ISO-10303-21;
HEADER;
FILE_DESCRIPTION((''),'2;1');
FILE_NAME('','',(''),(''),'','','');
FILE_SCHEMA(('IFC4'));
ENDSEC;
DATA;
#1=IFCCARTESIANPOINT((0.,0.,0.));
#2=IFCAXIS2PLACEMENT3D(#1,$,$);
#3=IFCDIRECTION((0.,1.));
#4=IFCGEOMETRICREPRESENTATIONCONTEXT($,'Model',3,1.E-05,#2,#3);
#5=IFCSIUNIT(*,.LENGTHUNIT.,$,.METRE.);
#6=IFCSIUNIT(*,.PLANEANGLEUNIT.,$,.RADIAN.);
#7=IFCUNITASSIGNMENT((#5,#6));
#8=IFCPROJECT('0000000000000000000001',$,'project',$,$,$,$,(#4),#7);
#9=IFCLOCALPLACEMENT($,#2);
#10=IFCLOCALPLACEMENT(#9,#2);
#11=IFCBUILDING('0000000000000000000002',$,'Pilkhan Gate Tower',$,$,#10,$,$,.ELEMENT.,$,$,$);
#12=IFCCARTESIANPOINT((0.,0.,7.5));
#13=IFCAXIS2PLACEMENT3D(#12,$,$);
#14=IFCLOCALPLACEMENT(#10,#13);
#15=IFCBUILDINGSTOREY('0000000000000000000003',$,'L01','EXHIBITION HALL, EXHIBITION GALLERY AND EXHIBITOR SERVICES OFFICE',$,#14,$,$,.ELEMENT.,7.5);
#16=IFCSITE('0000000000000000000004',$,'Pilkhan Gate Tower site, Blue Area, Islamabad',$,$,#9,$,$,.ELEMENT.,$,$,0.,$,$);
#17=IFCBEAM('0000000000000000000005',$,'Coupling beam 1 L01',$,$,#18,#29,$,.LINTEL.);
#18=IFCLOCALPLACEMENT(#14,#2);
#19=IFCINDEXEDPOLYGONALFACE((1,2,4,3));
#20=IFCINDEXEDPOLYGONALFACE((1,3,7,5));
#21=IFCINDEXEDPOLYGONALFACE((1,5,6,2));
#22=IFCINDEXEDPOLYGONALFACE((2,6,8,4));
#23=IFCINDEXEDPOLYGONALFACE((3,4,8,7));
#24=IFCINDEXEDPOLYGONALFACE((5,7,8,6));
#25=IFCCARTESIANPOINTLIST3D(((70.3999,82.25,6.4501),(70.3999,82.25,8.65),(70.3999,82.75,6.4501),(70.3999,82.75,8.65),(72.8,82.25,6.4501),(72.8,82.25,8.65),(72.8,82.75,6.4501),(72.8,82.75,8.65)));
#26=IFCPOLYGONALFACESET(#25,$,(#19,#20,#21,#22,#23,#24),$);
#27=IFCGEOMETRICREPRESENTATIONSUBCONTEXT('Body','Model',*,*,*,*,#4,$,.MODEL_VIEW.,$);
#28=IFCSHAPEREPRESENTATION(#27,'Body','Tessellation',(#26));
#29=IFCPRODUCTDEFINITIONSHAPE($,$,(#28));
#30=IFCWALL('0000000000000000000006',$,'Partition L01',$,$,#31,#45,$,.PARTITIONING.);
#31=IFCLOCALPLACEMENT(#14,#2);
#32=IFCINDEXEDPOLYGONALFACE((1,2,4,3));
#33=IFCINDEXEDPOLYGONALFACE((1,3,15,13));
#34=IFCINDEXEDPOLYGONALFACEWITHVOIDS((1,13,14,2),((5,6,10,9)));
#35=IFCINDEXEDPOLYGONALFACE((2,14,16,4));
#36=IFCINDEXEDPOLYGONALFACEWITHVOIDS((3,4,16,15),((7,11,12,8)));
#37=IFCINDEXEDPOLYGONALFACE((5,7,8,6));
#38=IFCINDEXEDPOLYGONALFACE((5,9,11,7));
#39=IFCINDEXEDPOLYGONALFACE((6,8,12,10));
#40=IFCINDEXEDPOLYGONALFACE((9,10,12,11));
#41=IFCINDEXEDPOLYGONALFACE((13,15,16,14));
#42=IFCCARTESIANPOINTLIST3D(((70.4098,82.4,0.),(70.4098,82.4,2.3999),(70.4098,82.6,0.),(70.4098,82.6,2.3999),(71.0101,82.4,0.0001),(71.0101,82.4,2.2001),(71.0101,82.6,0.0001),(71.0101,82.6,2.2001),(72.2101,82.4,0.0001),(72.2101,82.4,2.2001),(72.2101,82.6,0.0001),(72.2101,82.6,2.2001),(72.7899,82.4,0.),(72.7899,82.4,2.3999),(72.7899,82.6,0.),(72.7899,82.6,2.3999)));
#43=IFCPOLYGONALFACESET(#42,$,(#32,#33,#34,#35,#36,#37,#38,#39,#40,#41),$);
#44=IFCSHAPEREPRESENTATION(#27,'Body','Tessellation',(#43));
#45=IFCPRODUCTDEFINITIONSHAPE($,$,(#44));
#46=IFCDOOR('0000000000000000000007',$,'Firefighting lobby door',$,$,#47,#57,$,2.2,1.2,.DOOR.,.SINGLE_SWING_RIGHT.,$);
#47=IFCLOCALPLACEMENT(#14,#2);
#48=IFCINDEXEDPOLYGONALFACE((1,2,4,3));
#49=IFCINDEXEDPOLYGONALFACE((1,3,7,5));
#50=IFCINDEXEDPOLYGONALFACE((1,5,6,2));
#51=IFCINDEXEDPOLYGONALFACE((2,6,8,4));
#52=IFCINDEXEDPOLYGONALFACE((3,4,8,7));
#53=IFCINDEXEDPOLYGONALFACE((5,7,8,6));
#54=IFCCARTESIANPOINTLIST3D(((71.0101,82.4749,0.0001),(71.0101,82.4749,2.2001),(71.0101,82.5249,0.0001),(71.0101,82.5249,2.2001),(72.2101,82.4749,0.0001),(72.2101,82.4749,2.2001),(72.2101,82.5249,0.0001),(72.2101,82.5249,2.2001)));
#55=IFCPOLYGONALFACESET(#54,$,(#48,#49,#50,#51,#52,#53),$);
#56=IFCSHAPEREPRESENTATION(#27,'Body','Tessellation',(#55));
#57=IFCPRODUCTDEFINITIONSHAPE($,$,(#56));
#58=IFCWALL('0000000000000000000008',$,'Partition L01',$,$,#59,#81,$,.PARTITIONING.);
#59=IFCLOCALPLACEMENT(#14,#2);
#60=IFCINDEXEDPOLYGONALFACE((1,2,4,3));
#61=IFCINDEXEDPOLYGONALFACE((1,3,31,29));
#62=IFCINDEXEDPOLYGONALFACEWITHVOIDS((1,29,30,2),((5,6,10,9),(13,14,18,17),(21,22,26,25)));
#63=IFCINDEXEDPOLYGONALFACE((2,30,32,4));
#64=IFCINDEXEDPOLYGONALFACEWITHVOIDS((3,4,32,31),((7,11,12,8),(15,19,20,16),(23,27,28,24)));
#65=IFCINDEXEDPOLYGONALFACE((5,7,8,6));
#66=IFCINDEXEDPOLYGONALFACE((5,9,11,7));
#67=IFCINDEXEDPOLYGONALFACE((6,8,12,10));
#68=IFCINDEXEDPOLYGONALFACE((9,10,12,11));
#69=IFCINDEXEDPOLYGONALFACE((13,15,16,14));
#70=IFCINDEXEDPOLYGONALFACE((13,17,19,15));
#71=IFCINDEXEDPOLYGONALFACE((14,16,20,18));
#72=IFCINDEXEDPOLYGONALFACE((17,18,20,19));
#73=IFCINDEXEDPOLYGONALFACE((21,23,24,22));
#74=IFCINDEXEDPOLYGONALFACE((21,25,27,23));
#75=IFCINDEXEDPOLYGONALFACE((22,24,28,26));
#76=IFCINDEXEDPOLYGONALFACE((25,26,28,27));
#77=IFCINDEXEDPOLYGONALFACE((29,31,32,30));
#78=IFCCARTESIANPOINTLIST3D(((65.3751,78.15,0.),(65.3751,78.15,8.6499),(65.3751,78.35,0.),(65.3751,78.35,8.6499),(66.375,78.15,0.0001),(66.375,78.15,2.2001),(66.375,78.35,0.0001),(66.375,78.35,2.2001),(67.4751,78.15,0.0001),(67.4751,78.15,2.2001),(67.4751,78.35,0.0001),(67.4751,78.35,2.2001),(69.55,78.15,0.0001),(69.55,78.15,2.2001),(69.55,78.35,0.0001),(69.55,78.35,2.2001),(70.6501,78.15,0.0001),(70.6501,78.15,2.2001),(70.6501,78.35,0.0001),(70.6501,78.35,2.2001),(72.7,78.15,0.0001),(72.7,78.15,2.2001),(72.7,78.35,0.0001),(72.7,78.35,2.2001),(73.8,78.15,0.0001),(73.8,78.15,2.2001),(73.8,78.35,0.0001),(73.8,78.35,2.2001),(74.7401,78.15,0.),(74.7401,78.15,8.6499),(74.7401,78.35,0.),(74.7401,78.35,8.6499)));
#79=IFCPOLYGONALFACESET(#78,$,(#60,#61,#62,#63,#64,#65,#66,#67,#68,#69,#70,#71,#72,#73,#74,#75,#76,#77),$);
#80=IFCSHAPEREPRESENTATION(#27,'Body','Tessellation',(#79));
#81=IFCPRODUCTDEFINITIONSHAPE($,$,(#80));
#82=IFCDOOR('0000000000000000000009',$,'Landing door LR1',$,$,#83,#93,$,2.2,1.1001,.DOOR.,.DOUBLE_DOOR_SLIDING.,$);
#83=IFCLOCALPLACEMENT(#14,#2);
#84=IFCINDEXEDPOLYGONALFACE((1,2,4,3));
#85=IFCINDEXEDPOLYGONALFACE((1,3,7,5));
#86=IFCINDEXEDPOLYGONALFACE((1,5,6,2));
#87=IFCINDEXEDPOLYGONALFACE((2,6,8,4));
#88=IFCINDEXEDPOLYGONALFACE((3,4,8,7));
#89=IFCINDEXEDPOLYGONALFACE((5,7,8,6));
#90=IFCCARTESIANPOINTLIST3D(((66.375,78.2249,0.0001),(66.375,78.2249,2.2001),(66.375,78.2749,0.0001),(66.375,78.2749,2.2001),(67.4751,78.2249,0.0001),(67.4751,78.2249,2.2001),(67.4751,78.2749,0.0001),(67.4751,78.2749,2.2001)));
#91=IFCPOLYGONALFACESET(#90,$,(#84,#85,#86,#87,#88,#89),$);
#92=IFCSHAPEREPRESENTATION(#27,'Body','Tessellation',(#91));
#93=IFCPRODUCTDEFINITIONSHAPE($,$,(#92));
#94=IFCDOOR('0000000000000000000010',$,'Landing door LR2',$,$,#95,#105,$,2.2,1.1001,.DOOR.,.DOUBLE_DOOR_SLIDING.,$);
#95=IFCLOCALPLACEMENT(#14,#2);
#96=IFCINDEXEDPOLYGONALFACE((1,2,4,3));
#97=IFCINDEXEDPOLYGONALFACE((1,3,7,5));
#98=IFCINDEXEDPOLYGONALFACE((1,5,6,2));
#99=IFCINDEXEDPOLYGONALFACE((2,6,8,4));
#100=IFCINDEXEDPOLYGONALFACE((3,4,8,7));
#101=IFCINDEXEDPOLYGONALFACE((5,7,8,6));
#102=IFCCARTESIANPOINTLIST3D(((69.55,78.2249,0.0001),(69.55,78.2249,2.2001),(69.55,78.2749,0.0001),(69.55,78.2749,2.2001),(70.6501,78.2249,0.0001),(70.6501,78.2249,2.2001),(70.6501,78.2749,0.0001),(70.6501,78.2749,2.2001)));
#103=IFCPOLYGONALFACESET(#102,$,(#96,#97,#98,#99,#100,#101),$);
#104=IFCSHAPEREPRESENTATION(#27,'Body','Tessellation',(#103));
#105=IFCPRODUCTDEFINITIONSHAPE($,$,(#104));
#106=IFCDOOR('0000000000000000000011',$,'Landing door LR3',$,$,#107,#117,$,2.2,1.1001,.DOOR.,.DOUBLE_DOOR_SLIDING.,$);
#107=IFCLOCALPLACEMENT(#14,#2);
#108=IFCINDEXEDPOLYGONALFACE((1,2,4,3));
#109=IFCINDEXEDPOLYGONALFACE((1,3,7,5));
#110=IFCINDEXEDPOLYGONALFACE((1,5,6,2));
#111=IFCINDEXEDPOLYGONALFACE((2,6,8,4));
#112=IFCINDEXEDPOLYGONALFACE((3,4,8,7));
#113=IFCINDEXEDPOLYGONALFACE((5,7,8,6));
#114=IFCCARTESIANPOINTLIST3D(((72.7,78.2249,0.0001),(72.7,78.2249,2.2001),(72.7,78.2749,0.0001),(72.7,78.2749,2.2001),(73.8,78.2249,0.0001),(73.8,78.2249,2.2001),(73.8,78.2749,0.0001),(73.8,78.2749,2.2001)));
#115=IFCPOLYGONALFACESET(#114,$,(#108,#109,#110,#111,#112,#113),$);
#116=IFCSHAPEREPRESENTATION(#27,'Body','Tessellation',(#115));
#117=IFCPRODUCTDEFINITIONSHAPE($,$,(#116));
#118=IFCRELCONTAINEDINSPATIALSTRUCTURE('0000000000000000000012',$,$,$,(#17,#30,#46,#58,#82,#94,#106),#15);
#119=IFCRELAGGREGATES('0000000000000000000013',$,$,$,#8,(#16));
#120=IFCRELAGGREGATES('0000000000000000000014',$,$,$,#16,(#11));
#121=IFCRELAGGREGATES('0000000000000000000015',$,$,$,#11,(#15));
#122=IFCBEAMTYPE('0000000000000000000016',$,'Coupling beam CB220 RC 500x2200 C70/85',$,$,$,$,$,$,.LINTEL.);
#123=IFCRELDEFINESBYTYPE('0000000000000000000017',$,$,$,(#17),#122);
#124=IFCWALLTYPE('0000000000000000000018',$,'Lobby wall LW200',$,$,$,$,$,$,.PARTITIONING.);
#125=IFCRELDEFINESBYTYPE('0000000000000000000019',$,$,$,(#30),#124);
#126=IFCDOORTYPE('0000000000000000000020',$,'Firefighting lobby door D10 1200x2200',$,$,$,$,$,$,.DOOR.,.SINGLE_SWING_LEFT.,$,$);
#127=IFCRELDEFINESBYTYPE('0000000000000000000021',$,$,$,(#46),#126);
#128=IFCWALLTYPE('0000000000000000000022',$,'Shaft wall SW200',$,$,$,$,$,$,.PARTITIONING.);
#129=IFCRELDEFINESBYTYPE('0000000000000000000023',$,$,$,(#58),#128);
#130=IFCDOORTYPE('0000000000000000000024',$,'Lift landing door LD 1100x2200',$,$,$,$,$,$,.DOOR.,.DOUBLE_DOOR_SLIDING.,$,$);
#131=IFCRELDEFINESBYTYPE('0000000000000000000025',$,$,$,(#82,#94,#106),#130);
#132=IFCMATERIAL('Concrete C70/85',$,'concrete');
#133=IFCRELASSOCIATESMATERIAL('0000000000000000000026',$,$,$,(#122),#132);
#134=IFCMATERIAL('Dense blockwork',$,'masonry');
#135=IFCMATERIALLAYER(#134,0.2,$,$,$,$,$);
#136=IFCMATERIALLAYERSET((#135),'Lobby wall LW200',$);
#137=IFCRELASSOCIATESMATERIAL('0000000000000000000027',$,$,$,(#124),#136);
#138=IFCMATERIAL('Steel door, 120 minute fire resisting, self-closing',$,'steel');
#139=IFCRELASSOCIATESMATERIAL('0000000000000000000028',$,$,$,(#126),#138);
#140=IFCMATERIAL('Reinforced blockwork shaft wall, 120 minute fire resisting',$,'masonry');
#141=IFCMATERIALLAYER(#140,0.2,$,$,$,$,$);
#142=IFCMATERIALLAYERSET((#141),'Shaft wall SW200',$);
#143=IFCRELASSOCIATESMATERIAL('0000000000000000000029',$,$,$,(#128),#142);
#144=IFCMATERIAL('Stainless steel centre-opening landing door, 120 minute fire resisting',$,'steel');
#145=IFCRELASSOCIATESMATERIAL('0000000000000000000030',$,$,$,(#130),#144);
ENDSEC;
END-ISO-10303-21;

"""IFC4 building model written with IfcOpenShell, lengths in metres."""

from ifc_helpers import new_model, si_unit, direction, frame, frame_2d, origin, origin_2d, place, context, subcontext, project, spatial, rectangle, extrude, material, layer, layer_set, material_profile, profile_set, type_object, element, fill, save


model = new_model("IFC4")

# Units and contexts
model_context = context("Model", 3, precision=1e-05, world=origin(), true_north=direction((0.0, 1.0)))
body_context = subcontext(model_context, "Body", "Model", "MODEL_VIEW")
ifc_project = project(units=[si_unit("LENGTHUNIT", "METRE"), si_unit("PLANEANGLEUNIT", "RADIAN")], contexts=[model_context])

# Site, building, storey
site_placement = place(None, origin())
site = spatial("IfcSite", under=ifc_project, at=site_placement, Name="Pilkhan Gate Tower site, Blue Area, Islamabad", CompositionType="ELEMENT", RefElevation=0.0)
building_placement = place(site_placement, origin())
building = spatial("IfcBuilding", under=site, at=building_placement, Name="Pilkhan Gate Tower", CompositionType="ELEMENT")
storey_placement = place(building_placement, frame((0.0, 0.0, 7.5)))
storey = spatial("IfcBuildingStorey", under=building, at=storey_placement, Name="L01", Description="EXHIBITION HALL, EXHIBITION GALLERY AND EXHIBITOR SERVICES OFFICE", CompositionType="ELEMENT", Elevation=7.5)

# Beam
ifc_material_1 = material(Name="Concrete C70/85", Category="concrete")
ifc_material_profile = material_profile(ifc_material_1, rectangle(XDim=0.5, YDim=2.2, at=origin_2d()), Name="RC 500x2200")
ifc_profile_set = profile_set([ifc_material_profile], Name="Concrete C70/85")
beam_type = type_object("IfcBeamType", Name="Coupling beam CB220 RC 500x2200 C70/85", PredefinedType="LINTEL", material=ifc_profile_set)
beam_placement = place(storey_placement, frame((70.3999, 82.5, 7.55), z_axis=(1.0, 0.0, 0.0), x_axis=(0.0, 1.0, 0.0)))
element("IfcBeam", 1, at=beam_placement, inside=storey, type_object=beam_type, Name="Coupling beam 1 L01", PredefinedType="LINTEL", context=body_context, shape_type="SweptSolid", body=[
    extrude(rectangle(XDim=0.5, YDim=2.2, at=origin_2d()), origin(), (0.0, 0.0, 1.0), 2.4001),
])

# Wall, opening, door
ifc_material_2 = material(Name="Dense blockwork", Category="masonry")
ifc_layer_1 = layer(ifc_material_2, 0.2)
ifc_layer_set_1 = layer_set([ifc_layer_1], Name="Lobby wall LW200")
wall_type_1 = type_object("IfcWallType", Name="Lobby wall LW200", PredefinedType="PARTITIONING", material=ifc_layer_set_1)
wall_1_placement = place(storey_placement, frame((70.4099, 82.5, 0.0), z_axis=(0.0, 0.0, 1.0), x_axis=(1.0, 0.0, 0.0)))
wall_1 = element("IfcWall", 2, at=wall_1_placement, inside=storey, type_object=wall_type_1, Name="Partition L01", PredefinedType="PARTITIONING", context=body_context, shape_type="SweptSolid", body=[
    extrude(rectangle(XDim=2.3801, YDim=0.2, at=frame_2d((1.1899, 0.0))), origin(), (0.0, 0.0, 1.0), 2.3999),
])
opening_1_placement = place(wall_1_placement, frame((0.6001, 0.0, 0.0)))
opening_1 = element("IfcOpeningElement", 3, at=opening_1_placement, cuts=wall_1, PredefinedType="OPENING", context=body_context, shape_type="SweptSolid", body=[
    extrude(rectangle(XDim=1.2, YDim=2.2, at=frame_2d((0.6001, 1.1001))), frame((0.0, 0.1099, 0.0), z_axis=(0.0, -1.0, 0.0), x_axis=(1.0, 0.0, 0.0)), (0.0, 0.0, 1.0), 0.22),
])
ifc_material_3 = material(Name="Steel door, 120 minute fire resisting, self-closing", Category="steel")
door_type_1 = type_object("IfcDoorType", Name="Firefighting lobby door D10 1200x2200", OperationType="SINGLE_SWING_LEFT", PredefinedType="DOOR", material=ifc_material_3)
door_1_placement = place(opening_1_placement, origin())
door_1 = element("IfcDoor", 4, at=door_1_placement, inside=storey, type_object=door_type_1, Name="Firefighting lobby door", OperationType="SINGLE_SWING_RIGHT", OverallHeight=2.2, OverallWidth=1.2, PredefinedType="DOOR", context=body_context, shape_type="SweptSolid", body=[
    extrude(rectangle(XDim=1.2, YDim=2.2, at=frame_2d((0.6001, 1.1001))), frame((0.0, 0.0249, 0.0), z_axis=(0.0, -1.0, 0.0), x_axis=(1.0, 0.0, 0.0)), (0.0, 0.0, 1.0), 0.05),
])
fill(opening_1, door_1)

# Wall, openings, doors
ifc_material_4 = material(Name="Reinforced blockwork shaft wall, 120 minute fire resisting", Category="masonry")
ifc_layer_2 = layer(ifc_material_4, 0.2)
ifc_layer_set_2 = layer_set([ifc_layer_2], Name="Shaft wall SW200")
wall_type_2 = type_object("IfcWallType", Name="Shaft wall SW200", PredefinedType="PARTITIONING", material=ifc_layer_set_2)
wall_2_placement = place(storey_placement, frame((65.375, 78.25, 0.0), z_axis=(0.0, 0.0, 1.0), x_axis=(1.0, 0.0, 0.0)))
wall_2 = element("IfcWall", 5, at=wall_2_placement, inside=storey, type_object=wall_type_2, Name="Partition L01", PredefinedType="PARTITIONING", context=body_context, shape_type="SweptSolid", body=[
    extrude(rectangle(XDim=9.365, YDim=0.2, at=frame_2d((4.6826, 0.0))), origin(), (0.0, 0.0, 1.0), 8.6499),
])
opening_2_placement = place(wall_2_placement, frame((1.0, 0.0, 0.0)))
opening_2 = element("IfcOpeningElement", 6, at=opening_2_placement, cuts=wall_2, PredefinedType="OPENING", context=body_context, shape_type="SweptSolid", body=[
    extrude(rectangle(XDim=1.1001, YDim=2.2, at=frame_2d((0.55, 1.1001))), frame((0.0, 0.1099, 0.0), z_axis=(0.0, -1.0, 0.0), x_axis=(1.0, 0.0, 0.0)), (0.0, 0.0, 1.0), 0.22),
])
opening_3_placement = place(wall_2_placement, frame((4.175, 0.0, 0.0)))
opening_3 = element("IfcOpeningElement", 7, at=opening_3_placement, cuts=wall_2, PredefinedType="OPENING", context=body_context, shape_type="SweptSolid", body=[
    extrude(rectangle(XDim=1.1001, YDim=2.2, at=frame_2d((0.55, 1.1001))), frame((0.0, 0.1099, 0.0), z_axis=(0.0, -1.0, 0.0), x_axis=(1.0, 0.0, 0.0)), (0.0, 0.0, 1.0), 0.22),
])
opening_4_placement = place(wall_2_placement, frame((7.325, 0.0, 0.0)))
opening_4 = element("IfcOpeningElement", 8, at=opening_4_placement, cuts=wall_2, PredefinedType="OPENING", context=body_context, shape_type="SweptSolid", body=[
    extrude(rectangle(XDim=1.1001, YDim=2.2, at=frame_2d((0.55, 1.1001))), frame((0.0, 0.1099, 0.0), z_axis=(0.0, -1.0, 0.0), x_axis=(1.0, 0.0, 0.0)), (0.0, 0.0, 1.0), 0.22),
])
ifc_material_5 = material(Name="Stainless steel centre-opening landing door, 120 minute fire resisting", Category="steel")
door_type_2 = type_object("IfcDoorType", Name="Lift landing door LD 1100x2200", OperationType="DOUBLE_DOOR_SLIDING", PredefinedType="DOOR", material=ifc_material_5)
door_2_placement = place(opening_2_placement, origin())
door_2 = element("IfcDoor", 9, at=door_2_placement, inside=storey, type_object=door_type_2, Name="Landing door LR1", OperationType="DOUBLE_DOOR_SLIDING", OverallHeight=2.2, OverallWidth=1.1001, PredefinedType="DOOR", context=body_context, shape_type="SweptSolid", body=[
    extrude(rectangle(XDim=1.1001, YDim=2.2, at=frame_2d((0.55, 1.1001))), frame((0.0, 0.0249, 0.0), z_axis=(0.0, -1.0, 0.0), x_axis=(1.0, 0.0, 0.0)), (0.0, 0.0, 1.0), 0.05),
])
fill(opening_2, door_2)
door_3_placement = place(opening_3_placement, origin())
door_3 = element("IfcDoor", 10, at=door_3_placement, inside=storey, type_object=door_type_2, Name="Landing door LR2", OperationType="DOUBLE_DOOR_SLIDING", OverallHeight=2.2, OverallWidth=1.1001, PredefinedType="DOOR", context=body_context, shape_type="SweptSolid", body=[
    extrude(rectangle(XDim=1.1001, YDim=2.2, at=frame_2d((0.55, 1.1001))), frame((0.0, 0.0249, 0.0), z_axis=(0.0, -1.0, 0.0), x_axis=(1.0, 0.0, 0.0)), (0.0, 0.0, 1.0), 0.05),
])
fill(opening_3, door_3)
door_4_placement = place(opening_4_placement, origin())
door_4 = element("IfcDoor", 11, at=door_4_placement, inside=storey, type_object=door_type_2, Name="Landing door LR3", OperationType="DOUBLE_DOOR_SLIDING", OverallHeight=2.2, OverallWidth=1.1001, PredefinedType="DOOR", context=body_context, shape_type="SweptSolid", body=[
    extrude(rectangle(XDim=1.1001, YDim=2.2, at=frame_2d((0.55, 1.1001))), frame((0.0, 0.0249, 0.0), z_axis=(0.0, -1.0, 0.0), x_axis=(1.0, 0.0, 0.0)), (0.0, 0.0, 1.0), 0.05),
])
fill(opening_4, door_4)

save(model, "model.ifc")
